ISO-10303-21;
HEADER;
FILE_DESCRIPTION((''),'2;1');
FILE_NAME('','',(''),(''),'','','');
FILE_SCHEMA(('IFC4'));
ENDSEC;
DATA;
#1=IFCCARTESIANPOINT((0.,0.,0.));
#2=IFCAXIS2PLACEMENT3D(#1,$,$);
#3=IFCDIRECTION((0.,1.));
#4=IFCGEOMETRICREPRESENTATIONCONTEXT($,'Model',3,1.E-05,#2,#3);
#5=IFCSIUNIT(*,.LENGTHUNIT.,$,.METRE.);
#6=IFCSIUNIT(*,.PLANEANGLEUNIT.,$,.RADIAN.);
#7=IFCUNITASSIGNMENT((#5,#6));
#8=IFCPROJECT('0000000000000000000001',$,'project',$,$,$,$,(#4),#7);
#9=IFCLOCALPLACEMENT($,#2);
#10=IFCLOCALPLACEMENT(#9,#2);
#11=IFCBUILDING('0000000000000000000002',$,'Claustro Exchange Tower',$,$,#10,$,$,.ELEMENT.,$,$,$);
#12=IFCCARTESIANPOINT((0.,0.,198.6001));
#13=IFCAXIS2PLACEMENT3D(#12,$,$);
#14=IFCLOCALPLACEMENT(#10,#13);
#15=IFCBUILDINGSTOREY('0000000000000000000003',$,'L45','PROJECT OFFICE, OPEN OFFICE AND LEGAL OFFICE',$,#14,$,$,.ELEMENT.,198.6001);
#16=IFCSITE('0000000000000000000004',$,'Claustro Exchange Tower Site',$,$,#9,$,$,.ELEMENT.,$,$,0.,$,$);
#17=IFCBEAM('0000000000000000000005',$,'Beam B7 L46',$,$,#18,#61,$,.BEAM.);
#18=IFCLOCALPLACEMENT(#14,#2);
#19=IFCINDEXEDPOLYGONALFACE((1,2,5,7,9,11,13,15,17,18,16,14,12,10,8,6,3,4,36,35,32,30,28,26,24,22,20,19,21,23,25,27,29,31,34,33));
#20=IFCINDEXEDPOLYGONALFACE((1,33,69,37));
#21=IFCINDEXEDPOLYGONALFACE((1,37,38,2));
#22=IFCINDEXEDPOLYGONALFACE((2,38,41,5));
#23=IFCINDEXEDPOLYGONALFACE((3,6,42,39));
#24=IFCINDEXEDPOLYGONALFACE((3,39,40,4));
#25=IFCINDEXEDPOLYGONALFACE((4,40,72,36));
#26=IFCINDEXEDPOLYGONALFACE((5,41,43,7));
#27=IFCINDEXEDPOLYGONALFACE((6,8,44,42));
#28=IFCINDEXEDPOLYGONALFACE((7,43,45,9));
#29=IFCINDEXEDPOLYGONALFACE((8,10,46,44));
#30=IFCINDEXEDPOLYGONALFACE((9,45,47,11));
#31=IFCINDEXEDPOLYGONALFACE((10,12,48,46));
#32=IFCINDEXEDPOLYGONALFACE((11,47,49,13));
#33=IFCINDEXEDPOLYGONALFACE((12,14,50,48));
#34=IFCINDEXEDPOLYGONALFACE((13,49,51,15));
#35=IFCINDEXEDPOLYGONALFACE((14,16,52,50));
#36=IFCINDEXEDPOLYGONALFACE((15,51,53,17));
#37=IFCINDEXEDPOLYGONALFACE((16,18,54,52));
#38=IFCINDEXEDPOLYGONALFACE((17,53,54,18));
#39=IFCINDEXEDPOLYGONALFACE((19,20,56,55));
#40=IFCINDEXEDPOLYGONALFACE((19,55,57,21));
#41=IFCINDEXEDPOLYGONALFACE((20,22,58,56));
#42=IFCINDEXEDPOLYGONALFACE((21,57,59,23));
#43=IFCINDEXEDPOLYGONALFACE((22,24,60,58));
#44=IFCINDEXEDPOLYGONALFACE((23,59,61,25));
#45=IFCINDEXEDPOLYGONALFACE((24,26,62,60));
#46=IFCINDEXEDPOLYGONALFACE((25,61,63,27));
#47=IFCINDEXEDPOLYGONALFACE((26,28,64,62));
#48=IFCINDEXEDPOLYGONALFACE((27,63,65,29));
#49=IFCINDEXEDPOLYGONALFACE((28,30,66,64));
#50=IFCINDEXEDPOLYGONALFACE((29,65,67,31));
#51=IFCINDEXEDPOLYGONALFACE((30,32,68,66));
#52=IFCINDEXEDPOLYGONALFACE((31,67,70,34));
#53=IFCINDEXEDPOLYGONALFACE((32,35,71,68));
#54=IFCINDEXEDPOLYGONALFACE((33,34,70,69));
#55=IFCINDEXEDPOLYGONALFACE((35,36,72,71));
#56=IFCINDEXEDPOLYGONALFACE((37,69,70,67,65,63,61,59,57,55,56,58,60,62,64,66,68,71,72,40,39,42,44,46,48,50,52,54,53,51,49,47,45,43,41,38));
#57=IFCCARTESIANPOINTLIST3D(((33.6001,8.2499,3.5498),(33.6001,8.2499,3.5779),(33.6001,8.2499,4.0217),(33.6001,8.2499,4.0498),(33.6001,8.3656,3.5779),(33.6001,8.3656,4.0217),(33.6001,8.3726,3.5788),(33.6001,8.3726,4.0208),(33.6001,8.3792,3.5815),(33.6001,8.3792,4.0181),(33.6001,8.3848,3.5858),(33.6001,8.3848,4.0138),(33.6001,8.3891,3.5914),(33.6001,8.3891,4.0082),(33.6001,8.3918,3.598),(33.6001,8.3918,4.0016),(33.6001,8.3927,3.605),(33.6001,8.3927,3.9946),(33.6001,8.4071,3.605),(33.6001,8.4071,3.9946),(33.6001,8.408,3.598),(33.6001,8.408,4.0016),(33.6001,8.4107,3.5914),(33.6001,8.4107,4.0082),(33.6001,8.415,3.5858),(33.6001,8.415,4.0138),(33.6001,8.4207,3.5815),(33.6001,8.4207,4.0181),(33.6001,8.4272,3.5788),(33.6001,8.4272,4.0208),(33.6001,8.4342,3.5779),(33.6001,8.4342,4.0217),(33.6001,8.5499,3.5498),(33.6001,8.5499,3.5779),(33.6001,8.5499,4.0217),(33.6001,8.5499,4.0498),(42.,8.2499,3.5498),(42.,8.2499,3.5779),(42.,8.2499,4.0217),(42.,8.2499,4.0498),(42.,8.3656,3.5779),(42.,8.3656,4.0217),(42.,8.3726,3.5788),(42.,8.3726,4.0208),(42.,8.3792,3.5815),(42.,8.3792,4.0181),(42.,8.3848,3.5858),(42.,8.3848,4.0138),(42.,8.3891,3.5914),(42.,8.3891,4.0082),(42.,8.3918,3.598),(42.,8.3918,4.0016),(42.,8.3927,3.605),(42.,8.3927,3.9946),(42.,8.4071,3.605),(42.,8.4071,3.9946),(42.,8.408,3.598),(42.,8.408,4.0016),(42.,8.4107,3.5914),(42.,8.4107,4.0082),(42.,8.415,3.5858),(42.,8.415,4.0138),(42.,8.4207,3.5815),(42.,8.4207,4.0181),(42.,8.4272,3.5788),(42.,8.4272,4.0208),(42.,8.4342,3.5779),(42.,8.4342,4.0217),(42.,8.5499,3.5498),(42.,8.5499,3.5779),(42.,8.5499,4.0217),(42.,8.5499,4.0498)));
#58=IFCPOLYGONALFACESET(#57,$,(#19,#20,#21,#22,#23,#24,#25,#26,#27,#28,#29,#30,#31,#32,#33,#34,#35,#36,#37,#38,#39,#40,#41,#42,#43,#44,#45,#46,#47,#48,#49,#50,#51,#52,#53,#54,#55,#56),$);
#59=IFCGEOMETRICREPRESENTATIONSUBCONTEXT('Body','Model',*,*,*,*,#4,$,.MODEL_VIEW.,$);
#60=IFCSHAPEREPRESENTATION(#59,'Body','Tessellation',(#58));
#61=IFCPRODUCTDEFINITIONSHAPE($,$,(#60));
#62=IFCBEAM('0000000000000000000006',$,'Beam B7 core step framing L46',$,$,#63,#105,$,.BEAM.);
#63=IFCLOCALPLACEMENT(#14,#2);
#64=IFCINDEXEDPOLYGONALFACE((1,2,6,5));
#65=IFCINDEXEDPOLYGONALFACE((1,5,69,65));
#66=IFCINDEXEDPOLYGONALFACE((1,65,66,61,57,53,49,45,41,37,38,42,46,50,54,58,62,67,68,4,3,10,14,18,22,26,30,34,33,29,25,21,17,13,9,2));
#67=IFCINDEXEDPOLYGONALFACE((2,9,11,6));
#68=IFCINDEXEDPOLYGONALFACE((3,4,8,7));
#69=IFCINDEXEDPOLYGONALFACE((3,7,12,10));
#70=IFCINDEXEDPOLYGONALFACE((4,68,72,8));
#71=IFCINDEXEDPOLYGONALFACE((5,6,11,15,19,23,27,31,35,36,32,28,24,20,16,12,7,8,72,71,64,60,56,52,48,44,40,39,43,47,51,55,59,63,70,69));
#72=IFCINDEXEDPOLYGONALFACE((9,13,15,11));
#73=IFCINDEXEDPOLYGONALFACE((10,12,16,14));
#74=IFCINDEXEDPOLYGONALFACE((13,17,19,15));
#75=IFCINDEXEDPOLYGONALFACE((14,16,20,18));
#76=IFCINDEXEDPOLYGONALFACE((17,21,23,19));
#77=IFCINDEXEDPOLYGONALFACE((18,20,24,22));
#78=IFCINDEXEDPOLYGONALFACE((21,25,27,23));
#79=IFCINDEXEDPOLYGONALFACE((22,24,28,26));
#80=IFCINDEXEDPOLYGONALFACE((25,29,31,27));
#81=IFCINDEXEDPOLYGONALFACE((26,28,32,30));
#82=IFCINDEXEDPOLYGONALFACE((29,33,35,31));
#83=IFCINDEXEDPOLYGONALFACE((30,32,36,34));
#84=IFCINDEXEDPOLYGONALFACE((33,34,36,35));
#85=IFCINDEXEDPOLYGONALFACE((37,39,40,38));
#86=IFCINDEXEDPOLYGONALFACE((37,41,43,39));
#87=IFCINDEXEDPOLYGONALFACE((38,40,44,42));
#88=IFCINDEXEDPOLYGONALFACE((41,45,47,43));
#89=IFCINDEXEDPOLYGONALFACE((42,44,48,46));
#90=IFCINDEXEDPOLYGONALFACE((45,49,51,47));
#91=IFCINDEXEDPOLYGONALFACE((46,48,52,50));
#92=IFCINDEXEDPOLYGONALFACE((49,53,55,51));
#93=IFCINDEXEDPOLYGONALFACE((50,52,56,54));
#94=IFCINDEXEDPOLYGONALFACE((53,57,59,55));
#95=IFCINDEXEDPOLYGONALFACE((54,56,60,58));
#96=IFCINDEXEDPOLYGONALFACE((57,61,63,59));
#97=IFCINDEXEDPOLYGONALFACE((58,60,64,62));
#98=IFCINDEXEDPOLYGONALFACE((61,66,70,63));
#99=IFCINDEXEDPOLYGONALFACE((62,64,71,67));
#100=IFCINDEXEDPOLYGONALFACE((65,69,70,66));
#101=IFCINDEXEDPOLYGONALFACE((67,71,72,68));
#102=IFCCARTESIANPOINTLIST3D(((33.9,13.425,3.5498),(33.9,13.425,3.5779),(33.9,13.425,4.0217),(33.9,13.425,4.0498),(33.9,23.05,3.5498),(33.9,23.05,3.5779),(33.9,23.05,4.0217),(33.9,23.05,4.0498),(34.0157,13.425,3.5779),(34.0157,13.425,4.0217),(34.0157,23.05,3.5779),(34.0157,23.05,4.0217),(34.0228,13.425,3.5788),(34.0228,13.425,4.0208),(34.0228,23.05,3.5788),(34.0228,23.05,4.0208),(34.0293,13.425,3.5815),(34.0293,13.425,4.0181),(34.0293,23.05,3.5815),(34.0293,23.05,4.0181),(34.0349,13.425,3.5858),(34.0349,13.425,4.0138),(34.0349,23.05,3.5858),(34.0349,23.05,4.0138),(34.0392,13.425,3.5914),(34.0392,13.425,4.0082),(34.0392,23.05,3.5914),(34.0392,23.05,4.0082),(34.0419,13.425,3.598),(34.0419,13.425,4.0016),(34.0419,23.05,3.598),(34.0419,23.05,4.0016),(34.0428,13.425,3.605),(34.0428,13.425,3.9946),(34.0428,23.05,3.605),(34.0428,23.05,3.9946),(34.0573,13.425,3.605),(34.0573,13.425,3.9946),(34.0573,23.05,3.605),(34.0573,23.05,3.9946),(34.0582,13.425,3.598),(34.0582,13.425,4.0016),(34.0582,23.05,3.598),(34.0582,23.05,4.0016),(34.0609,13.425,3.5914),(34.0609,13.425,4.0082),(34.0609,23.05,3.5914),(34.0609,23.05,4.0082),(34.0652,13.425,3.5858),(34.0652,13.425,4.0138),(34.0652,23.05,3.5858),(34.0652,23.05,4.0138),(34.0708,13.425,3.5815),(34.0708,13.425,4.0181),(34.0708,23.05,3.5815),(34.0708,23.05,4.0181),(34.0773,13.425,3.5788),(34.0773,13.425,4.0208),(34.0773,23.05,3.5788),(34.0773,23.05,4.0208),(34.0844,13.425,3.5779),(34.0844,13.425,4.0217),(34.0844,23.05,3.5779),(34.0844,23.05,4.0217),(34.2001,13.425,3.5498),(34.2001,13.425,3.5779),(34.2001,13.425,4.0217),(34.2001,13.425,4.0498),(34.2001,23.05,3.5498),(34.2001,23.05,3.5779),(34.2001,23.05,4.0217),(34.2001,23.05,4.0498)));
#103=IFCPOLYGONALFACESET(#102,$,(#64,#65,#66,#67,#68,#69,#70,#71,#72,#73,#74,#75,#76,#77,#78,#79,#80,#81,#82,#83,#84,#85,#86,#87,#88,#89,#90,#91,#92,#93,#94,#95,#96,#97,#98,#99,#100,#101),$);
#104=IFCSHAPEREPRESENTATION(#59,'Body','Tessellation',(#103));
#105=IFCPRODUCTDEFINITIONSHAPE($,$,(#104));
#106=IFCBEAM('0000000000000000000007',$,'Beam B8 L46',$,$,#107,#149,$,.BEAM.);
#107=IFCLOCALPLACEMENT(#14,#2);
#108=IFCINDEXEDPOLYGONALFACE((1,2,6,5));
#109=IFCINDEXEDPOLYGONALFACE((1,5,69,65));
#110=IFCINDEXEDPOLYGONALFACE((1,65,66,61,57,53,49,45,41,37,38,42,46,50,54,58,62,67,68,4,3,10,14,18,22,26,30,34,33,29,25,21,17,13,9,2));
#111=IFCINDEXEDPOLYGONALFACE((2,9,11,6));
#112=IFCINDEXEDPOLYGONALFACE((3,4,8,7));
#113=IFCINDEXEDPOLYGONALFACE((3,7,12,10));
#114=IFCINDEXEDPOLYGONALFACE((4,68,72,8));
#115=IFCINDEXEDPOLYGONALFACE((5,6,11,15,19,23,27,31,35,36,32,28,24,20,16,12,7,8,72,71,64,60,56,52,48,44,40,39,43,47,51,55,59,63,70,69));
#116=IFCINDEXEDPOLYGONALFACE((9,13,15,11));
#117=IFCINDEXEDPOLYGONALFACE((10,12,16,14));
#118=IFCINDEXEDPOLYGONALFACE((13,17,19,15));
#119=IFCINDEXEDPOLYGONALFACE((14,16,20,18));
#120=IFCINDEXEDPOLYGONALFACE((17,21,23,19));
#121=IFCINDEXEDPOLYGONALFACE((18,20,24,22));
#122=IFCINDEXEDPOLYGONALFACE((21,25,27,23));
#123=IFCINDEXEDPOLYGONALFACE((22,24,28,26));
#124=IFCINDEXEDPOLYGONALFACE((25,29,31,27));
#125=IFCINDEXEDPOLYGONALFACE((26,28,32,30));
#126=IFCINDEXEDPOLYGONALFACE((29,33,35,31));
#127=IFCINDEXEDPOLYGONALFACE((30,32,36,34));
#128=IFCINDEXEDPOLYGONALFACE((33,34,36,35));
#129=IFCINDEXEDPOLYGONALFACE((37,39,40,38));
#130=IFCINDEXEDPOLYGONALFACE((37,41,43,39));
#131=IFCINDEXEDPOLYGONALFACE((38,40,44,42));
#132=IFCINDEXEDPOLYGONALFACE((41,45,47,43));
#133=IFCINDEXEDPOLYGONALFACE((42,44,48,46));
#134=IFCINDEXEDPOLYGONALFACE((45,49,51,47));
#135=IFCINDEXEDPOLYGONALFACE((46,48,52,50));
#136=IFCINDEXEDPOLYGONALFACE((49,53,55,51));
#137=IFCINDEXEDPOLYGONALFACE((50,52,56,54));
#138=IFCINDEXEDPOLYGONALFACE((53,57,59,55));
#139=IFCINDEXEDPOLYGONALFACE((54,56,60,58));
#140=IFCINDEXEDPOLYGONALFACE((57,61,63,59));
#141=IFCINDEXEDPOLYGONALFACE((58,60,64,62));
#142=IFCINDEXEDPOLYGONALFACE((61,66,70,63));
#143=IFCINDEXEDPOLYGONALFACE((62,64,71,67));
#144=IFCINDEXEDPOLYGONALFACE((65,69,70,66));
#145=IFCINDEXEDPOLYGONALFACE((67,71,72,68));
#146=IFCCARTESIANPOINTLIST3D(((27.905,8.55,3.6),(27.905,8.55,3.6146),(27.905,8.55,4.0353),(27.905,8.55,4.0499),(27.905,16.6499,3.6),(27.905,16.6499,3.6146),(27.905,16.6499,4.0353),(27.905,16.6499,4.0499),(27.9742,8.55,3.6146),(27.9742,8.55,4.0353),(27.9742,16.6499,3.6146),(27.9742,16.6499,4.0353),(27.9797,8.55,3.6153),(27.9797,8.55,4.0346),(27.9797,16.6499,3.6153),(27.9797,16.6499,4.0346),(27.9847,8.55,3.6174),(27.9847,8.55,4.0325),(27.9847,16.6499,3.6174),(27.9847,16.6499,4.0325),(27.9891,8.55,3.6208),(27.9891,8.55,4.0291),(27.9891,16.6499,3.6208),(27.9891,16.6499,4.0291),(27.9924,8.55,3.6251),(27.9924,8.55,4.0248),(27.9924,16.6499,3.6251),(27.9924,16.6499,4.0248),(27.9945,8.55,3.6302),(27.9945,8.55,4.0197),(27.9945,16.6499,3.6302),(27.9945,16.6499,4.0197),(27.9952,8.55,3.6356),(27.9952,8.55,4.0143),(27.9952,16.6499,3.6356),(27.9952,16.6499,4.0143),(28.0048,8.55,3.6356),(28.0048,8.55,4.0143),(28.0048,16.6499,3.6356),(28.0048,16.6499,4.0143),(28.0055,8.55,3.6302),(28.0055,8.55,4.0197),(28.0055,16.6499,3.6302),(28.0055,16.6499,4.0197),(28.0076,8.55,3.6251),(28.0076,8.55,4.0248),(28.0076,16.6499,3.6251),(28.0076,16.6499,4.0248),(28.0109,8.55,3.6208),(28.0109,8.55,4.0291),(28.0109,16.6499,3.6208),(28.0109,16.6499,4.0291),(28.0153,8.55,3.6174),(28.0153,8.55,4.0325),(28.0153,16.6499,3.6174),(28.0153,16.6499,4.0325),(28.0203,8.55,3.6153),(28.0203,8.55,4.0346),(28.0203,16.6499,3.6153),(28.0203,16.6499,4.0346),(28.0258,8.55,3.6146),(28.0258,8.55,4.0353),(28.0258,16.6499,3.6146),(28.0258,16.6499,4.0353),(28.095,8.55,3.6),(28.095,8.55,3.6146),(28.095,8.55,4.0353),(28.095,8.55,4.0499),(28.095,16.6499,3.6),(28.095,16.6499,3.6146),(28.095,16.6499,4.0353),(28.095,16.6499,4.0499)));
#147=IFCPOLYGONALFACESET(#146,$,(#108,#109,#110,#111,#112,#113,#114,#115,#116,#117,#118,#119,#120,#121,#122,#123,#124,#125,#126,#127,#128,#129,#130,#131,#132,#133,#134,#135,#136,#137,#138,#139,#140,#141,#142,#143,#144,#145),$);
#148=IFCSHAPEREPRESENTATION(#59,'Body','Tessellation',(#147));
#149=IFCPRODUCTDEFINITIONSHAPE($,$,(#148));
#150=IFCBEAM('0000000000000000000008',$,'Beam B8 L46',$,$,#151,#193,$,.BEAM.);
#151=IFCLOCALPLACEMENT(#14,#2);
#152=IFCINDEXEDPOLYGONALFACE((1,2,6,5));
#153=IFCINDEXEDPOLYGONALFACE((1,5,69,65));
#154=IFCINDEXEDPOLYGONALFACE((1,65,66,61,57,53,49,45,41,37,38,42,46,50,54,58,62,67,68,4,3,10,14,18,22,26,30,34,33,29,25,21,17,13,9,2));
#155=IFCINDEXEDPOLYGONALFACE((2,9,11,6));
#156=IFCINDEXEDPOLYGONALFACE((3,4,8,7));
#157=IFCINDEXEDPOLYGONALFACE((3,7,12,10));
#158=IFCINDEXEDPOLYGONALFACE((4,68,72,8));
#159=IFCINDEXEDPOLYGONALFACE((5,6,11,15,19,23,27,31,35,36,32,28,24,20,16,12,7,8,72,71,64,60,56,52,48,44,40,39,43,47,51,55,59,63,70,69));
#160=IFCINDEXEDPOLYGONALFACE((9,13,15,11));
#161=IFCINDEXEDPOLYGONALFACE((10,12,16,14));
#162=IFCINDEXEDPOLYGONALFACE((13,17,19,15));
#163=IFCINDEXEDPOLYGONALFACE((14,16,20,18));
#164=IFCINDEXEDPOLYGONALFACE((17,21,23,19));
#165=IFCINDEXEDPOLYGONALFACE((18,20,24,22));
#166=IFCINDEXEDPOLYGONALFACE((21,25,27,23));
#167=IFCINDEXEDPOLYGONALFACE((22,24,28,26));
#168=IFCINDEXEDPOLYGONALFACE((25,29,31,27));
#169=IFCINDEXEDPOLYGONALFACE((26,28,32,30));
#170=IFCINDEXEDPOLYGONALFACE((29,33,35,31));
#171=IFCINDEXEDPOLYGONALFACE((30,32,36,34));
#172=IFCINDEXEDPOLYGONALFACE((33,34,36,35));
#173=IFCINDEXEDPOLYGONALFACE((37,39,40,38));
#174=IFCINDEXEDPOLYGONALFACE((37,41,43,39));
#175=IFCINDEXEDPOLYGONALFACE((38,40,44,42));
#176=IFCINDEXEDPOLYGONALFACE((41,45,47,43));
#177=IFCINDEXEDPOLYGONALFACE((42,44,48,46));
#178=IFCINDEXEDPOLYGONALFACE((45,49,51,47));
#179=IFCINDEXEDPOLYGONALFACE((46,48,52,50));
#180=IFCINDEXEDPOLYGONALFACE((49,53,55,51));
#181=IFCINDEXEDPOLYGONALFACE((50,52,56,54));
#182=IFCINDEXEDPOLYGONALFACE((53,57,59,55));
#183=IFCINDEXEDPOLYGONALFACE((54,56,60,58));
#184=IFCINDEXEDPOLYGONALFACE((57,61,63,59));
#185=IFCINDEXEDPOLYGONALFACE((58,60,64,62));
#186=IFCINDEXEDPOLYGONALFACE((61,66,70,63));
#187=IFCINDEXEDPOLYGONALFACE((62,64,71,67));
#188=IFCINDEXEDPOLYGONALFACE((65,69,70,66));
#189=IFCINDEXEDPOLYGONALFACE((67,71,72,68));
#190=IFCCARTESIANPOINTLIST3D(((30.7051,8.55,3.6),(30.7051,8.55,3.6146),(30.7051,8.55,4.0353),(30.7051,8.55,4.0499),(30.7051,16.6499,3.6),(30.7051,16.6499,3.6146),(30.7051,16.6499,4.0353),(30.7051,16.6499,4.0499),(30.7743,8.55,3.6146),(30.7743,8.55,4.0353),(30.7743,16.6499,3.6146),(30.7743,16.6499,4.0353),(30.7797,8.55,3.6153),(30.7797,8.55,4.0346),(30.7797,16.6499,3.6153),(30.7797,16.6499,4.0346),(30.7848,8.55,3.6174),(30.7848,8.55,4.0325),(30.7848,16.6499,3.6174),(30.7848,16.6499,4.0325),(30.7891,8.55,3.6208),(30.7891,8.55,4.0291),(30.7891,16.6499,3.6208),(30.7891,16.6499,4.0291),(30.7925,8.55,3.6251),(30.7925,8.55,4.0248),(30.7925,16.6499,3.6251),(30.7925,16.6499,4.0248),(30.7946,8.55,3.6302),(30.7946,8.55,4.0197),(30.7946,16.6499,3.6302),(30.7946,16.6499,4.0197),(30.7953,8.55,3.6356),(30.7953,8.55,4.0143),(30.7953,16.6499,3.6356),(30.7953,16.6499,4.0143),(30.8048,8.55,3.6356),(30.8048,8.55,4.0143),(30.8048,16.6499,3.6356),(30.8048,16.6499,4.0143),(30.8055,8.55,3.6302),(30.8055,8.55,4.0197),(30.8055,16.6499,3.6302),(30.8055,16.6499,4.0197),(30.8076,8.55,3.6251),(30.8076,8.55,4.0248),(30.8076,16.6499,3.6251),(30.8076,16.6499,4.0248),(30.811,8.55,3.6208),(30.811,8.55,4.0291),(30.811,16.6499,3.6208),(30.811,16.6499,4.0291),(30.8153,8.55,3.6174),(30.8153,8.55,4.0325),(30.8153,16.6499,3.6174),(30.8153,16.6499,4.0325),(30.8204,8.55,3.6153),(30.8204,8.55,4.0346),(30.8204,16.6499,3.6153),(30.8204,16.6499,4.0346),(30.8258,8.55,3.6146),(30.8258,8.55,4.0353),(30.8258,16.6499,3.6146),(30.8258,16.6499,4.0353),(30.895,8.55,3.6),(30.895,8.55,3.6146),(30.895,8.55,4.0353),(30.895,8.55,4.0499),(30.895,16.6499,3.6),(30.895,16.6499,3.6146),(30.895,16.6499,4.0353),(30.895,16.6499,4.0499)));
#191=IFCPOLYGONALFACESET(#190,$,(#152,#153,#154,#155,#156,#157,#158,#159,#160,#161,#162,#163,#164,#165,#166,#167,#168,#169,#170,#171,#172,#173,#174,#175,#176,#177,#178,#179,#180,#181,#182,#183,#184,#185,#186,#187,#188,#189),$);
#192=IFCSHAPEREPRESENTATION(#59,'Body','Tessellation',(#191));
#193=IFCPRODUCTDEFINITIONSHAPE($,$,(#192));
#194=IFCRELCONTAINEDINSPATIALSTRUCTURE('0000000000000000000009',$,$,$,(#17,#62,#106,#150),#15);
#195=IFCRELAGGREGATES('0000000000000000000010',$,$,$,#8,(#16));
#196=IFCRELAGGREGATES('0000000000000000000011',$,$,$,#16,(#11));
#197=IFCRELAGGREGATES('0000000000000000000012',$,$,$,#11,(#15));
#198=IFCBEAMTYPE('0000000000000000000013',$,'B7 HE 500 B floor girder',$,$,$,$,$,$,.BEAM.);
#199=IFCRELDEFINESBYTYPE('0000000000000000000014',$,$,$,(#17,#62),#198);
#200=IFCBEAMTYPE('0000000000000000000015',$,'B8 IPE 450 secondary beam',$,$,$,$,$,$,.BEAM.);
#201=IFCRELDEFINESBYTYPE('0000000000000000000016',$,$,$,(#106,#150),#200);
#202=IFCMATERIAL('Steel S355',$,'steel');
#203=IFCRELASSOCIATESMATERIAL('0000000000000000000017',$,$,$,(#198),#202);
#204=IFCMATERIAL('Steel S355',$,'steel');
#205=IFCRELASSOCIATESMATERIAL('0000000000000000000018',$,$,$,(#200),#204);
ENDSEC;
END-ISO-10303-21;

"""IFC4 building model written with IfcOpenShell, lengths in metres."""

from ifc_helpers import new_model, si_unit, direction, frame, origin, origin_2d, place, context, subcontext, project, spatial, i_section, extrude, material, material_profile, profile_set, type_object, element, save


model = new_model("IFC4")

# Units and contexts
model_context = context("Model", 3, precision=1e-05, world=origin(), true_north=direction((0.0, 1.0)))
body_context = subcontext(model_context, "Body", "Model", "MODEL_VIEW")
ifc_project = project(units=[si_unit("LENGTHUNIT", "METRE"), si_unit("PLANEANGLEUNIT", "RADIAN")], contexts=[model_context])

# Site, building, storey
site_placement = place(None, origin())
site = spatial("IfcSite", under=ifc_project, at=site_placement, Name="Claustro Exchange Tower Site", CompositionType="ELEMENT", RefElevation=0.0)
building_placement = place(site_placement, origin())
building = spatial("IfcBuilding", under=site, at=building_placement, Name="Claustro Exchange Tower", CompositionType="ELEMENT")
storey_placement = place(building_placement, frame((0.0, 0.0, 198.6001)))
storey = spatial("IfcBuildingStorey", under=building, at=storey_placement, Name="L45", Description="PROJECT OFFICE, OPEN OFFICE AND LEGAL OFFICE", CompositionType="ELEMENT", Elevation=198.6001)

# Beams
ifc_material_1 = material(Name="Steel S355", Category="steel")
ifc_material_profile_1 = material_profile(ifc_material_1, i_section(OverallWidth=0.3, OverallDepth=0.5, WebThickness=0.0144, FlangeThickness=0.0281, FilletRadius=0.0271, at=origin_2d()), Name="HE 500 B")
ifc_profile_set_1 = profile_set([ifc_material_profile_1], Name="Steel S355")
beam_type_1 = type_object("IfcBeamType", Name="B7 HE 500 B floor girder", PredefinedType="BEAM", material=ifc_profile_set_1)
beam_1_placement = place(storey_placement, frame((33.6001, 8.3999, 3.7998), z_axis=(1.0, 0.0, 0.0), x_axis=(0.0, 1.0, 0.0)))
element("IfcBeam", 1, at=beam_1_placement, inside=storey, type_object=beam_type_1, Name="Beam B7 L46", PredefinedType="BEAM", context=body_context, shape_type="SweptSolid", body=[
    extrude(i_section(OverallWidth=0.3, OverallDepth=0.5, WebThickness=0.0144, FlangeThickness=0.0281, FilletRadius=0.0271, at=origin_2d()), origin(), (0.0, 0.0, 1.0), 8.3999),
])
beam_2_placement = place(storey_placement, frame((34.05, 13.425, 3.7998), z_axis=(0.0, 1.0, 0.0), x_axis=(-1.0, 0.0, 0.0)))
element("IfcBeam", 2, at=beam_2_placement, inside=storey, type_object=beam_type_1, Name="Beam B7 core step framing L46", PredefinedType="BEAM", context=body_context, shape_type="SweptSolid", body=[
    extrude(i_section(OverallWidth=0.3, OverallDepth=0.5, WebThickness=0.0144, FlangeThickness=0.0281, FilletRadius=0.0271, at=origin_2d()), origin(), (0.0, 0.0, 1.0), 9.625),
])
ifc_material_2 = material(Name="Steel S355", Category="steel")
ifc_material_profile_2 = material_profile(ifc_material_2, i_section(OverallWidth=0.1899, OverallDepth=0.45, WebThickness=0.0095, FlangeThickness=0.0146, FilletRadius=0.021, at=origin_2d()), Name="IPE 450")
ifc_profile_set_2 = profile_set([ifc_material_profile_2], Name="Steel S355")
beam_type_2 = type_object("IfcBeamType", Name="B8 IPE 450 secondary beam", PredefinedType="BEAM", material=ifc_profile_set_2)
for number, where, z_axis, x_axis, name in (
    (3, (28.0, 8.55, 3.825), (0.0, 1.0, 0.0), (-1.0, 0.0, 0.0), "Beam B8 L46"),
    (4, (30.8, 8.55, 3.825), (0.0, 1.0, 0.0), (-1.0, 0.0, 0.0), "Beam B8 L46"),
):
    element("IfcBeam", number, at=place(storey_placement, frame(where, z_axis=z_axis, x_axis=x_axis)), inside=storey, type_object=beam_type_2, Name=name, PredefinedType="BEAM", context=body_context, shape_type="SweptSolid", body=[
        extrude(i_section(OverallWidth=0.1899, OverallDepth=0.45, WebThickness=0.0095, FlangeThickness=0.0146, FilletRadius=0.021, at=origin_2d()), origin(), (0.0, 0.0, 1.0), 8.0999),
    ])

save(model, "model.ifc")
